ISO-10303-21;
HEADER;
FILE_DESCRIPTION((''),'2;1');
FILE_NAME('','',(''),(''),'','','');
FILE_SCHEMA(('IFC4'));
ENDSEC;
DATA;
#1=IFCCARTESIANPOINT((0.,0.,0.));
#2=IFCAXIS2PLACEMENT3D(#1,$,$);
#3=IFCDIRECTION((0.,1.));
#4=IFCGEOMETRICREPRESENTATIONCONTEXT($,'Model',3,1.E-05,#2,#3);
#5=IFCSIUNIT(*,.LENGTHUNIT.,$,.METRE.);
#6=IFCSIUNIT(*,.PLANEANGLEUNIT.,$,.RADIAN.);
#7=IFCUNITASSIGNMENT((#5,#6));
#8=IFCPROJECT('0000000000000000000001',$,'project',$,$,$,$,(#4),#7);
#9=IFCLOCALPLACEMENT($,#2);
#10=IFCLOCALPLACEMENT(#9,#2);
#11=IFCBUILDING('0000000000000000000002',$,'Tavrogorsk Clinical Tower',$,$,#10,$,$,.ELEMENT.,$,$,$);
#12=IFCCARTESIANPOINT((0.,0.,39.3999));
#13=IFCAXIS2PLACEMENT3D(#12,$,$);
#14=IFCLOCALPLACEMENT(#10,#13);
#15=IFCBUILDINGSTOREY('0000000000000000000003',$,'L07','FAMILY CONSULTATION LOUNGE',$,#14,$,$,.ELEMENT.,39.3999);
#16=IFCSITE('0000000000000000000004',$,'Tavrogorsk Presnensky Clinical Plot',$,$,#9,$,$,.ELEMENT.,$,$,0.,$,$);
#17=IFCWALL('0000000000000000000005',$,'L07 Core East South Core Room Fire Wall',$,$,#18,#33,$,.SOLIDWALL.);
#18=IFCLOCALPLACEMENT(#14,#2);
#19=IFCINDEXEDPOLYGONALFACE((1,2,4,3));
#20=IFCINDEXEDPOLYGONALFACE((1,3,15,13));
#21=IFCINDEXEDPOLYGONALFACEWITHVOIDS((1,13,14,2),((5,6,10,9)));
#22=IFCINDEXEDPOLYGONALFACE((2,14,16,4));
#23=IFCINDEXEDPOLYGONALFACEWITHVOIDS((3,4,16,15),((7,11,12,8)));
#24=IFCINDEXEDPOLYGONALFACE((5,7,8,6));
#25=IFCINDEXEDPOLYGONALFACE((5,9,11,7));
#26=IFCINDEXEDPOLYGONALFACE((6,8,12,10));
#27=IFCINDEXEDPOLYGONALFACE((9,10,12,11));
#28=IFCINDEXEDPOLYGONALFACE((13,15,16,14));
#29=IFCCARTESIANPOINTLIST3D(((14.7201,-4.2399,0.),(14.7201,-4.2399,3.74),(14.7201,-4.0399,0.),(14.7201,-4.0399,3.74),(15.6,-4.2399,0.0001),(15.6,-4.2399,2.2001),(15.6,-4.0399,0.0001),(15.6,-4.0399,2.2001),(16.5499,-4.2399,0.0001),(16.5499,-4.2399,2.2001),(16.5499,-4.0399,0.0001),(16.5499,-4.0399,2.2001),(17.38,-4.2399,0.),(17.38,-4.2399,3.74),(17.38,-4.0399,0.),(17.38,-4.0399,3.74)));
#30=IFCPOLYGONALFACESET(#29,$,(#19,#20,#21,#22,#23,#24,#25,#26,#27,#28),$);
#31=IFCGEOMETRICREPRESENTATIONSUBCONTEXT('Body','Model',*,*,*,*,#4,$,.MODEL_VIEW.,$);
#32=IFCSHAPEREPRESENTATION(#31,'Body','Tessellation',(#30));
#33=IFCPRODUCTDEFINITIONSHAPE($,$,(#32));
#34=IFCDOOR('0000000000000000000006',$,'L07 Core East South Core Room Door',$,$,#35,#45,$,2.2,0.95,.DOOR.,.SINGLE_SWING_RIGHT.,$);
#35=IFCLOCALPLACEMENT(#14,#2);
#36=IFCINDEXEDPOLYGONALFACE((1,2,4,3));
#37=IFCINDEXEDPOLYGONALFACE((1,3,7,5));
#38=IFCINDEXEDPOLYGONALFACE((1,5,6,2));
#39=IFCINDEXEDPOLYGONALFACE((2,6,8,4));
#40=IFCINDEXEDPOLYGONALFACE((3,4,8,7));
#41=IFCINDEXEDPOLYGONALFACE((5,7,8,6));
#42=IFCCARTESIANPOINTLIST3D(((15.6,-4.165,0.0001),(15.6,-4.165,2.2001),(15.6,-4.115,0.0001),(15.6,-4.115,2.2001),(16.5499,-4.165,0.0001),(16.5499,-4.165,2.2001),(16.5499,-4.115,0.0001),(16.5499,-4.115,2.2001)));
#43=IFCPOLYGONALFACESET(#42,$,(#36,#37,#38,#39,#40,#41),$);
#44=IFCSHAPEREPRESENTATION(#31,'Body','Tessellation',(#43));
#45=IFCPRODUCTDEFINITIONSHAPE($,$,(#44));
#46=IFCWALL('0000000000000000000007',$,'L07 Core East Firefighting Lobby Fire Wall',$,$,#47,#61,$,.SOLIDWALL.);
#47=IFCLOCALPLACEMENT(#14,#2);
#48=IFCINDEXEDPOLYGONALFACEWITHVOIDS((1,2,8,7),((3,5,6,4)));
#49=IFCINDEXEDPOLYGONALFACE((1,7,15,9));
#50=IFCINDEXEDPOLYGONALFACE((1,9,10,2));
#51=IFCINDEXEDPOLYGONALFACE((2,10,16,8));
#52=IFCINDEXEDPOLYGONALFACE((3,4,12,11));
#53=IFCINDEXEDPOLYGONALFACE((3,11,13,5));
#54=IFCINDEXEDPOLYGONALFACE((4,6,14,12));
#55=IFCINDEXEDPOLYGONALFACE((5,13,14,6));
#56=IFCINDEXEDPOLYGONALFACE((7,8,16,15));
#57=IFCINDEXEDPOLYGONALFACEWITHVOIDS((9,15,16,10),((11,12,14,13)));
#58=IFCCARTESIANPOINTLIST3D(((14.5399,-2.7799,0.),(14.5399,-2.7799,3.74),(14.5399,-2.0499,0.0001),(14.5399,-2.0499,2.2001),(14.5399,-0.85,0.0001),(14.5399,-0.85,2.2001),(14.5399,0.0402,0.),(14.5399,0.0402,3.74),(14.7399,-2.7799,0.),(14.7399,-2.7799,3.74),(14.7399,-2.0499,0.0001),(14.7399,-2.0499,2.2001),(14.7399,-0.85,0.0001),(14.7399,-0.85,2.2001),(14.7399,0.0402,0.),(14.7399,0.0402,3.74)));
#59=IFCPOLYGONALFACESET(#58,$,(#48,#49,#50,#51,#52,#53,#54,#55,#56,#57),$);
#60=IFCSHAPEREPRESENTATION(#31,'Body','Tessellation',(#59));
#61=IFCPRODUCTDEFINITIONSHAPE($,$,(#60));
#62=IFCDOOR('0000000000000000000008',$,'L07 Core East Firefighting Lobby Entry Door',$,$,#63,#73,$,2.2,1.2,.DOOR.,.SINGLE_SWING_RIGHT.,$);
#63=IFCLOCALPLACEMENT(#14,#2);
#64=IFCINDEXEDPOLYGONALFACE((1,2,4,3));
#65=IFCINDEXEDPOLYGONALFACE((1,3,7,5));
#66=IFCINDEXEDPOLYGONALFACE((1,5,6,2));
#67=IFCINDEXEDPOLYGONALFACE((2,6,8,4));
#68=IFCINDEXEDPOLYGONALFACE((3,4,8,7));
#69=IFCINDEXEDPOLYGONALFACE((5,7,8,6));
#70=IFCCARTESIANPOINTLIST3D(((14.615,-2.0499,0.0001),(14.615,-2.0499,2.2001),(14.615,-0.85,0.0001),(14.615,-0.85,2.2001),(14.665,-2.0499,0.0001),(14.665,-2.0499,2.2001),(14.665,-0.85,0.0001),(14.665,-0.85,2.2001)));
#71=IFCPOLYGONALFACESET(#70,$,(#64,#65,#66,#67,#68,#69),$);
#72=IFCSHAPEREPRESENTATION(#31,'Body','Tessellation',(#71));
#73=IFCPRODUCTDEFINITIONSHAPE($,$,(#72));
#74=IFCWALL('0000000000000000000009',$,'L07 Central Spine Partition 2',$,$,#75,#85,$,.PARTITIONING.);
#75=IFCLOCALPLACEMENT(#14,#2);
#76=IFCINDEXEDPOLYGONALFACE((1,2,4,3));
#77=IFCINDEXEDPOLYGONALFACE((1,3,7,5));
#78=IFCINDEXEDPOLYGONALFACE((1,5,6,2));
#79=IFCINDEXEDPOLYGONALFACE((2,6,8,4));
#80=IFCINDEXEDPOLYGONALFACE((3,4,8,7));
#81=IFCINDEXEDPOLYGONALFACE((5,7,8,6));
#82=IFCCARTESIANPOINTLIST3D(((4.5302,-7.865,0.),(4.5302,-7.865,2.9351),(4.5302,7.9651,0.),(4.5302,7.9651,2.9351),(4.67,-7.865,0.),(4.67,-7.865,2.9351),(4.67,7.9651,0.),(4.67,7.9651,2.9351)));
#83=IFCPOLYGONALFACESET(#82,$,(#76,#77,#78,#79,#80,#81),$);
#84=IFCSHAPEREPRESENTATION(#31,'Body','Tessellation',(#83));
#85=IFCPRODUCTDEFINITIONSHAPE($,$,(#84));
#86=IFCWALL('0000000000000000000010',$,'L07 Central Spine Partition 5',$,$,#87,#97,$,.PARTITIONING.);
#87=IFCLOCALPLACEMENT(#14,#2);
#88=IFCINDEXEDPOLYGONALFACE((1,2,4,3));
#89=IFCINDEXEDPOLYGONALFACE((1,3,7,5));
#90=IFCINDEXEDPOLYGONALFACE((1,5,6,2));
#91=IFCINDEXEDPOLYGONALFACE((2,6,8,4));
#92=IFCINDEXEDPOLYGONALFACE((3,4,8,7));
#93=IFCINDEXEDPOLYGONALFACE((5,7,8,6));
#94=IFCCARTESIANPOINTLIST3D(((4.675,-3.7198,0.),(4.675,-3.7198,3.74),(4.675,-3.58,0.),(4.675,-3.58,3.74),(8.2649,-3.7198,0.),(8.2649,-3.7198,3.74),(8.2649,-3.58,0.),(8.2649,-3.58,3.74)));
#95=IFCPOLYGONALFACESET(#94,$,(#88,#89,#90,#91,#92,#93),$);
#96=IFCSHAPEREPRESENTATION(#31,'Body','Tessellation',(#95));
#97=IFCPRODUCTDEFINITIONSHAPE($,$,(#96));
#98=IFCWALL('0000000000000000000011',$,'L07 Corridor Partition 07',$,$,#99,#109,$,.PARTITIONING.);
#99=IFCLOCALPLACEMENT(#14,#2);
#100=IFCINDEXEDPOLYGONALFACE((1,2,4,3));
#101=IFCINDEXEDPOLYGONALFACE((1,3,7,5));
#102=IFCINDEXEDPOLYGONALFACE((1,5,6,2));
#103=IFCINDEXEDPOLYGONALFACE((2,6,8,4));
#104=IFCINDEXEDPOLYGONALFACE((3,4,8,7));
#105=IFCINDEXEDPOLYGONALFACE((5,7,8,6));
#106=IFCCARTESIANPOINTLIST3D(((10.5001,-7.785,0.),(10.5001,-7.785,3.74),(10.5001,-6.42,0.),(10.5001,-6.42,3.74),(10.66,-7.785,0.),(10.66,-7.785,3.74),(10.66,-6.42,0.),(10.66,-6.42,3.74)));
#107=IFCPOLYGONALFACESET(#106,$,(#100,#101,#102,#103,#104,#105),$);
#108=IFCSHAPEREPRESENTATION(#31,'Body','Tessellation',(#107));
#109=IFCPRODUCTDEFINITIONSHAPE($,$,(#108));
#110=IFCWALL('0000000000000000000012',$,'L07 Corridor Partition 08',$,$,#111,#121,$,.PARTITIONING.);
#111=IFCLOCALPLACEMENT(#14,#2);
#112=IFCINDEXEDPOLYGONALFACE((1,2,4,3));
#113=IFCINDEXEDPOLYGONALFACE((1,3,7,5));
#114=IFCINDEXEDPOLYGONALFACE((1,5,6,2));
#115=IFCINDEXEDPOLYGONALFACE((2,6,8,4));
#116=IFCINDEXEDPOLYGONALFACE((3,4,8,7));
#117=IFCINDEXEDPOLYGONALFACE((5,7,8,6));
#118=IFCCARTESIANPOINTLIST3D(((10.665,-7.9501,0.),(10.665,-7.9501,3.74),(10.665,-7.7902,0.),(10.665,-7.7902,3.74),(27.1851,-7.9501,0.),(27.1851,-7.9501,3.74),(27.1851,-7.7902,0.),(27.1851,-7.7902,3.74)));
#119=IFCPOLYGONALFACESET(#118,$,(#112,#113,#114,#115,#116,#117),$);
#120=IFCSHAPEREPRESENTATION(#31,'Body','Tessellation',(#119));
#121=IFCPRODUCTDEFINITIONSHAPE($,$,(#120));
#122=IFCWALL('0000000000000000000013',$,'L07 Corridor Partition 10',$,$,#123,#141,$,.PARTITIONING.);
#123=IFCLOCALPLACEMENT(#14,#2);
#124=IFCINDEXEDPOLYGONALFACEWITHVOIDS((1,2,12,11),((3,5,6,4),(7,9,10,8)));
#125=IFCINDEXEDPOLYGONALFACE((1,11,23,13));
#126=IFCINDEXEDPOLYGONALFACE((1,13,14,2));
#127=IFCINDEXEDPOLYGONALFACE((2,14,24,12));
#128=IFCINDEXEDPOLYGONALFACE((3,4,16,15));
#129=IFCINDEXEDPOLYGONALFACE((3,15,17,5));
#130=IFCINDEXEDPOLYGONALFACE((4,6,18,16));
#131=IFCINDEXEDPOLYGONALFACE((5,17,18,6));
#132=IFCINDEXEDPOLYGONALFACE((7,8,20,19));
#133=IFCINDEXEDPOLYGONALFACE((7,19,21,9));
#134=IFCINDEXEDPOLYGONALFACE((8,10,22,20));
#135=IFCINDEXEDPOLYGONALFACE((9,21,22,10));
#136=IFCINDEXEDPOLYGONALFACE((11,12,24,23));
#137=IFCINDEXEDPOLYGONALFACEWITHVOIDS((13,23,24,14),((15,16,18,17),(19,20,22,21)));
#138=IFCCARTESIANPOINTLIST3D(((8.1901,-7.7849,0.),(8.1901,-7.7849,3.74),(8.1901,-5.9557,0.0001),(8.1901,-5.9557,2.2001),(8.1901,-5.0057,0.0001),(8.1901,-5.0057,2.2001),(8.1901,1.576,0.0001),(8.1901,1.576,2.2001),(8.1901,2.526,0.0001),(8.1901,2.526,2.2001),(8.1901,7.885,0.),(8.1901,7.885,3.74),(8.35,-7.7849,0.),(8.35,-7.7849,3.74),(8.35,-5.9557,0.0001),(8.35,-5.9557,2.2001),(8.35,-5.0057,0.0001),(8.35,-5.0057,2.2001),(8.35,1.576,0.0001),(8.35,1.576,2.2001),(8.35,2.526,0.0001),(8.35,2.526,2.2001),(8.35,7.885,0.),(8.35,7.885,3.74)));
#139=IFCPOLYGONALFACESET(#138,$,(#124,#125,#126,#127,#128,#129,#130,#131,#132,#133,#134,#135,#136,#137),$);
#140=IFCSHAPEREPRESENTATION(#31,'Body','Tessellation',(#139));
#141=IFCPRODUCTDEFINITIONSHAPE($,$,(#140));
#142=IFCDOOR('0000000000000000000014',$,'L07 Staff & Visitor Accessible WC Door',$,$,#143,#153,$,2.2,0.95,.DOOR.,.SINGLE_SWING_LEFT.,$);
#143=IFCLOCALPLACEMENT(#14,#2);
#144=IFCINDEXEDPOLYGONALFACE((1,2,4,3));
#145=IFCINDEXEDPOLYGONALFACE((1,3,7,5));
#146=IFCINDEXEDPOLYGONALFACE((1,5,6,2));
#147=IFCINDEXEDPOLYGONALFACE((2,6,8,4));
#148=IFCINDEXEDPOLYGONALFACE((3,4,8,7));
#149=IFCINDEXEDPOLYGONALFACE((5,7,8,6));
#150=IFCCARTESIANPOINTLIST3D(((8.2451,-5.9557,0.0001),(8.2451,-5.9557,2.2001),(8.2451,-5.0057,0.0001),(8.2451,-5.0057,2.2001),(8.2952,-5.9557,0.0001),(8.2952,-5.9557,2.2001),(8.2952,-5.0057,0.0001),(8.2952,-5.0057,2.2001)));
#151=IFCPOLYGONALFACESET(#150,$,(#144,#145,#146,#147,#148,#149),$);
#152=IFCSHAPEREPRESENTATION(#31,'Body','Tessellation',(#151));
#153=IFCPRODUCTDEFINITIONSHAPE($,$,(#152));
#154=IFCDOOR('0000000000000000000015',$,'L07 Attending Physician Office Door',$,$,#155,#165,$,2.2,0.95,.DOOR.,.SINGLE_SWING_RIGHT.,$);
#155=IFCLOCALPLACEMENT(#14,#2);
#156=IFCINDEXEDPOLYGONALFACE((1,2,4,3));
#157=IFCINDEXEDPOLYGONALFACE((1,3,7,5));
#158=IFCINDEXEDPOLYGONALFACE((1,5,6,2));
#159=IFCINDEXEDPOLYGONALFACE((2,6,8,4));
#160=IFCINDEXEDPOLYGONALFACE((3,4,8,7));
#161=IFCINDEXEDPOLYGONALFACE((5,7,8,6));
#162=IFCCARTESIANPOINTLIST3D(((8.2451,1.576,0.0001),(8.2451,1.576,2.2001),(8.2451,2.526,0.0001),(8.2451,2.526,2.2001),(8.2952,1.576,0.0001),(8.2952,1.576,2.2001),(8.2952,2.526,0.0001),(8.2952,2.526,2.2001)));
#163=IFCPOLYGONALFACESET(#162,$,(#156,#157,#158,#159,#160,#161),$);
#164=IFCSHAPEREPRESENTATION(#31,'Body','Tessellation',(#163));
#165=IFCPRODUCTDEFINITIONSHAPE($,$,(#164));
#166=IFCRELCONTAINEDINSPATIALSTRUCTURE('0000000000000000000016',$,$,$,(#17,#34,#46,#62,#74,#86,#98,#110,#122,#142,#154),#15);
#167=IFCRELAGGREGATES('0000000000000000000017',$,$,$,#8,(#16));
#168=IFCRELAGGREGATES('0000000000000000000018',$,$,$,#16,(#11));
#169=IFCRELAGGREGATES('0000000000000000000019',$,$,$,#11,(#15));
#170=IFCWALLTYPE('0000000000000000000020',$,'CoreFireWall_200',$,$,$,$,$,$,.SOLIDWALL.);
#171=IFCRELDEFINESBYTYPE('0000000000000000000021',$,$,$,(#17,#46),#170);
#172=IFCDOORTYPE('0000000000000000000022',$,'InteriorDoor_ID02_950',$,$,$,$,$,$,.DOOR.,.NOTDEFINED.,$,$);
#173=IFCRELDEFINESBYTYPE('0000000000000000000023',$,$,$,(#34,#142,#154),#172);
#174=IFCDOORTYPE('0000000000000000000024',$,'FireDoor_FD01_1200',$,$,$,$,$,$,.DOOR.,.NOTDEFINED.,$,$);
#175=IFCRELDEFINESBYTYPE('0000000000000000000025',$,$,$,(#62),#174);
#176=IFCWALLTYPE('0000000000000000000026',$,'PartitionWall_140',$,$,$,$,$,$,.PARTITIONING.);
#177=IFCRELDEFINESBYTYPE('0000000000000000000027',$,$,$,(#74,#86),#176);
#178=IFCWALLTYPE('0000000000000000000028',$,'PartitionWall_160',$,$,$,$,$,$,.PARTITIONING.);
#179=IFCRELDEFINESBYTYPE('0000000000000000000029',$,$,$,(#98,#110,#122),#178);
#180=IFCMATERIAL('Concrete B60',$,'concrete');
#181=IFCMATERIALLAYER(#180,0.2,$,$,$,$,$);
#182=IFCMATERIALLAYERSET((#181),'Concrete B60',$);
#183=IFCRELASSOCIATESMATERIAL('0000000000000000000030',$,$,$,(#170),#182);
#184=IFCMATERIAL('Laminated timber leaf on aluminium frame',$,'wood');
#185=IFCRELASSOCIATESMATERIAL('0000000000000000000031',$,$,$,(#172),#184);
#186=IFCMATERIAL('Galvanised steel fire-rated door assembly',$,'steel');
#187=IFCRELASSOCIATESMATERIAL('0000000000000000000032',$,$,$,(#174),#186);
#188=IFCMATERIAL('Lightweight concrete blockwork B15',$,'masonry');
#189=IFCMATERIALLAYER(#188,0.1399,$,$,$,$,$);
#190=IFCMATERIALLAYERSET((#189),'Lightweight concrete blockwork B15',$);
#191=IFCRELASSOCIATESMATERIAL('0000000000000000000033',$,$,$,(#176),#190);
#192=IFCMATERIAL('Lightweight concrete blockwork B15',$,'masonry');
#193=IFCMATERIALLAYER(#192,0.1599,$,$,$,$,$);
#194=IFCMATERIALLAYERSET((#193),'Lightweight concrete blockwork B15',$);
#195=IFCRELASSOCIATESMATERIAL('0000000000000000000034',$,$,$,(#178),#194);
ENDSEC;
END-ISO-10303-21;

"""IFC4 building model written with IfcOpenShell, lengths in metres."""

from ifc_helpers import new_model, si_unit, direction, frame, frame_2d, origin, place, context, subcontext, project, spatial, rectangle, extrude, material, layer, layer_set, type_object, element, fill, save


model = new_model("IFC4")

# Units and contexts
model_context = context("Model", 3, precision=1e-05, world=origin(), true_north=direction((0.0, 1.0)))
body_context = subcontext(model_context, "Body", "Model", "MODEL_VIEW")
ifc_project = project(units=[si_unit("LENGTHUNIT", "METRE"), si_unit("PLANEANGLEUNIT", "RADIAN")], contexts=[model_context])

# Site, building, storey
site_placement = place(None, origin())
site = spatial("IfcSite", under=ifc_project, at=site_placement, Name="Tavrogorsk Presnensky Clinical Plot", CompositionType="ELEMENT", RefElevation=0.0)
building_placement = place(site_placement, origin())
building = spatial("IfcBuilding", under=site, at=building_placement, Name="Tavrogorsk Clinical Tower", CompositionType="ELEMENT")
storey_placement = place(building_placement, frame((0.0, 0.0, 39.3999)))
storey = spatial("IfcBuildingStorey", under=building, at=storey_placement, Name="L07", Description="FAMILY CONSULTATION LOUNGE", CompositionType="ELEMENT", Elevation=39.3999)

# Walls, openings, doors
ifc_material_1 = material(Name="Concrete B60", Category="concrete")
ifc_layer_1 = layer(ifc_material_1, 0.2)
ifc_layer_set_1 = layer_set([ifc_layer_1], Name="Concrete B60")
wall_type_1 = type_object("IfcWallType", Name="CoreFireWall_200", PredefinedType="SOLIDWALL", material=ifc_layer_set_1)
wall_1_placement = place(storey_placement, frame((14.72, -4.1399, 0.0), z_axis=(0.0, 0.0, 1.0), x_axis=(1.0, 0.0, 0.0)))
wall_1 = element("IfcWall", 1, at=wall_1_placement, inside=storey, type_object=wall_type_1, Name="L07 Core East South Core Room Fire Wall", PredefinedType="SOLIDWALL", context=body_context, shape_type="SweptSolid", body=[
    extrude(rectangle(XDim=2.6599, YDim=0.2, at=frame_2d((1.3301, 0.0))), origin(), (0.0, 0.0, 1.0), 3.74),
])
opening_1_placement = place(wall_1_placement, frame((0.8799, 0.0, 0.0)))
opening_1 = element("IfcOpeningElement", 2, at=opening_1_placement, cuts=wall_1, PredefinedType="OPENING", context=body_context, shape_type="SweptSolid", body=[
    extrude(rectangle(XDim=0.95, YDim=2.2, at=frame_2d((0.4751, 1.1001))), frame((0.0, 0.1099, 0.0), z_axis=(0.0, -1.0, 0.0), x_axis=(1.0, 0.0, 0.0)), (0.0, 0.0, 1.0), 0.22),
])
ifc_material_2 = material(Name="Laminated timber leaf on aluminium frame", Category="wood")
door_type_1 = type_object("IfcDoorType", Name="InteriorDoor_ID02_950", OperationType="NOTDEFINED", PredefinedType="DOOR", material=ifc_material_2)
door_1_placement = place(opening_1_placement, origin())
door_1 = element("IfcDoor", 3, at=door_1_placement, inside=storey, type_object=door_type_1, Name="L07 Core East South Core Room Door", OperationType="SINGLE_SWING_RIGHT", OverallHeight=2.2, OverallWidth=0.95, PredefinedType="DOOR", context=body_context, shape_type="SweptSolid", body=[
    extrude(rectangle(XDim=0.95, YDim=2.2, at=frame_2d((0.4751, 1.1001))), frame((0.0, 0.0249, 0.0), z_axis=(0.0, -1.0, 0.0), x_axis=(1.0, 0.0, 0.0)), (0.0, 0.0, 1.0), 0.05),
])
fill(opening_1, door_1)
wall_2_placement = place(storey_placement, frame((14.6399, -2.78, 0.0), z_axis=(0.0, 0.0, 1.0), x_axis=(0.0, 1.0, 0.0)))
wall_2 = element("IfcWall", 4, at=wall_2_placement, inside=storey, type_object=wall_type_1, Name="L07 Core East Firefighting Lobby Fire Wall", PredefinedType="SOLIDWALL", context=body_context, shape_type="SweptSolid", body=[
    extrude(rectangle(XDim=2.8201, YDim=0.2, at=frame_2d((1.4102, 0.0))), origin(), (0.0, 0.0, 1.0), 3.74),
])
opening_2_placement = place(wall_2_placement, frame((0.73, 0.0, 0.0)))
opening_2 = element("IfcOpeningElement", 5, at=opening_2_placement, cuts=wall_2, PredefinedType="OPENING", context=body_context, shape_type="SweptSolid", body=[
    extrude(rectangle(XDim=1.2, YDim=2.2, at=frame_2d((0.6001, 1.1001))), frame((0.0, 0.1099, 0.0), z_axis=(0.0, -1.0, 0.0), x_axis=(1.0, 0.0, 0.0)), (0.0, 0.0, 1.0), 0.22),
])
ifc_material_3 = material(Name="Galvanised steel fire-rated door assembly", Category="steel")
door_type_2 = type_object("IfcDoorType", Name="FireDoor_FD01_1200", OperationType="NOTDEFINED", PredefinedType="DOOR", material=ifc_material_3)
door_2_placement = place(opening_2_placement, origin())
door_2 = element("IfcDoor", 6, at=door_2_placement, inside=storey, type_object=door_type_2, Name="L07 Core East Firefighting Lobby Entry Door", OperationType="SINGLE_SWING_RIGHT", OverallHeight=2.2, OverallWidth=1.2, PredefinedType="DOOR", context=body_context, shape_type="SweptSolid", body=[
    extrude(rectangle(XDim=1.2, YDim=2.2, at=frame_2d((0.6001, 1.1001))), frame((0.0, 0.0249, 0.0), z_axis=(0.0, -1.0, 0.0), x_axis=(1.0, 0.0, 0.0)), (0.0, 0.0, 1.0), 0.05),
])
fill(opening_2, door_2)

# Walls
ifc_material_4 = material(Name="Lightweight concrete blockwork B15", Category="masonry")
ifc_layer_2 = layer(ifc_material_4, 0.1399)
ifc_layer_set_2 = layer_set([ifc_layer_2], Name="Lightweight concrete blockwork B15")
wall_type_2 = type_object("IfcWallType", Name="PartitionWall_140", PredefinedType="PARTITIONING", material=ifc_layer_set_2)
wall_3_placement = place(storey_placement, frame((4.6001, -7.865, 0.0), z_axis=(0.0, 0.0, 1.0), x_axis=(0.0, 1.0, 0.0)))
element("IfcWall", 7, at=wall_3_placement, inside=storey, type_object=wall_type_2, Name="L07 Central Spine Partition 2", PredefinedType="PARTITIONING", context=body_context, shape_type="SweptSolid", body=[
    extrude(rectangle(XDim=15.8301, YDim=0.1399, at=frame_2d((7.915, 0.0))), origin(), (0.0, 0.0, 1.0), 2.9351),
])
wall_4_placement = place(storey_placement, frame((4.675, -3.6499, 0.0), z_axis=(0.0, 0.0, 1.0), x_axis=(1.0, 0.0, 0.0)))
element("IfcWall", 8, at=wall_4_placement, inside=storey, type_object=wall_type_2, Name="L07 Central Spine Partition 5", PredefinedType="PARTITIONING", context=body_context, shape_type="SweptSolid", body=[
    extrude(rectangle(XDim=3.5898, YDim=0.1399, at=frame_2d((1.7949, 0.0))), origin(), (0.0, 0.0, 1.0), 3.74),
])
ifc_material_5 = material(Name="Lightweight concrete blockwork B15", Category="masonry")
ifc_layer_3 = layer(ifc_material_5, 0.1599)
ifc_layer_set_3 = layer_set([ifc_layer_3], Name="Lightweight concrete blockwork B15")
wall_type_3 = type_object("IfcWallType", Name="PartitionWall_160", PredefinedType="PARTITIONING", material=ifc_layer_set_3)
wall_5_placement = place(storey_placement, frame((10.5801, -6.4199, 0.0), z_axis=(0.0, 0.0, 1.0), x_axis=(0.0, -1.0, 0.0)))
element("IfcWall", 9, at=wall_5_placement, inside=storey, type_object=wall_type_3, Name="L07 Corridor Partition 07", PredefinedType="PARTITIONING", context=body_context, shape_type="SweptSolid", body=[
    extrude(rectangle(XDim=1.365, YDim=0.1599, at=frame_2d((0.6826, 0.0))), origin(), (0.0, 0.0, 1.0), 3.74),
])
wall_6_placement = place(storey_placement, frame((10.665, -7.8701, 0.0), z_axis=(0.0, 0.0, 1.0), x_axis=(1.0, 0.0, 0.0)))
element("IfcWall", 10, at=wall_6_placement, inside=storey, type_object=wall_type_3, Name="L07 Corridor Partition 08", PredefinedType="PARTITIONING", context=body_context, shape_type="SweptSolid", body=[
    extrude(rectangle(XDim=16.52, YDim=0.1599, at=frame_2d((8.26, 0.0))), origin(), (0.0, 0.0, 1.0), 3.74),
])

# Wall, openings, doors
wall_7_placement = place(storey_placement, frame((8.27, -7.7849, 0.0), z_axis=(0.0, 0.0, 1.0), x_axis=(0.0, 1.0, 0.0)))
wall_7 = element("IfcWall", 11, at=wall_7_placement, inside=storey, type_object=wall_type_3, Name="L07 Corridor Partition 10", PredefinedType="PARTITIONING", context=body_context, shape_type="SweptSolid", body=[
    extrude(rectangle(XDim=15.6699, YDim=0.1599, at=frame_2d((7.835, 0.0))), origin(), (0.0, 0.0, 1.0), 3.74),
])
opening_3_placement = place(wall_7_placement, frame((1.8291, 0.0, 0.0)))
opening_3 = element("IfcOpeningElement", 12, at=opening_3_placement, cuts=wall_7, PredefinedType="OPENING", context=body_context, shape_type="SweptSolid", body=[
    extrude(rectangle(XDim=0.95, YDim=2.2, at=frame_2d((0.4751, 1.1001))), frame((0.0, 0.0898, 0.0), z_axis=(0.0, -1.0, 0.0), x_axis=(1.0, 0.0, 0.0)), (0.0, 0.0, 1.0), 0.1799),
])
opening_4_placement = place(wall_7_placement, frame((9.3608, 0.0, 0.0)))
opening_4 = element("IfcOpeningElement", 13, at=opening_4_placement, cuts=wall_7, PredefinedType="OPENING", context=body_context, shape_type="SweptSolid", body=[
    extrude(rectangle(XDim=0.95, YDim=2.2, at=frame_2d((0.4751, 1.1001))), frame((0.0, 0.0898, 0.0), z_axis=(0.0, -1.0, 0.0), x_axis=(1.0, 0.0, 0.0)), (0.0, 0.0, 1.0), 0.1799),
])
door_3_placement = place(opening_3_placement, origin())
door_3 = element("IfcDoor", 14, at=door_3_placement, inside=storey, type_object=door_type_1, Name="L07 Staff & Visitor Accessible WC Door", OperationType="SINGLE_SWING_LEFT", OverallHeight=2.2, OverallWidth=0.95, PredefinedType="DOOR", context=body_context, shape_type="SweptSolid", body=[
    extrude(rectangle(XDim=0.95, YDim=2.2, at=frame_2d((0.4751, 1.1001))), frame((0.0, 0.0249, 0.0), z_axis=(0.0, -1.0, 0.0), x_axis=(1.0, 0.0, 0.0)), (0.0, 0.0, 1.0), 0.05),
])
fill(opening_3, door_3)
door_4_placement = place(opening_4_placement, origin())
door_4 = element("IfcDoor", 15, at=door_4_placement, inside=storey, type_object=door_type_1, Name="L07 Attending Physician Office Door", OperationType="SINGLE_SWING_RIGHT", OverallHeight=2.2, OverallWidth=0.95, PredefinedType="DOOR", context=body_context, shape_type="SweptSolid", body=[
    extrude(rectangle(XDim=0.95, YDim=2.2, at=frame_2d((0.4751, 1.1001))), frame((0.0, 0.0249, 0.0), z_axis=(0.0, -1.0, 0.0), x_axis=(1.0, 0.0, 0.0)), (0.0, 0.0, 1.0), 0.05),
])
fill(opening_4, door_4)

save(model, "model.ifc")
